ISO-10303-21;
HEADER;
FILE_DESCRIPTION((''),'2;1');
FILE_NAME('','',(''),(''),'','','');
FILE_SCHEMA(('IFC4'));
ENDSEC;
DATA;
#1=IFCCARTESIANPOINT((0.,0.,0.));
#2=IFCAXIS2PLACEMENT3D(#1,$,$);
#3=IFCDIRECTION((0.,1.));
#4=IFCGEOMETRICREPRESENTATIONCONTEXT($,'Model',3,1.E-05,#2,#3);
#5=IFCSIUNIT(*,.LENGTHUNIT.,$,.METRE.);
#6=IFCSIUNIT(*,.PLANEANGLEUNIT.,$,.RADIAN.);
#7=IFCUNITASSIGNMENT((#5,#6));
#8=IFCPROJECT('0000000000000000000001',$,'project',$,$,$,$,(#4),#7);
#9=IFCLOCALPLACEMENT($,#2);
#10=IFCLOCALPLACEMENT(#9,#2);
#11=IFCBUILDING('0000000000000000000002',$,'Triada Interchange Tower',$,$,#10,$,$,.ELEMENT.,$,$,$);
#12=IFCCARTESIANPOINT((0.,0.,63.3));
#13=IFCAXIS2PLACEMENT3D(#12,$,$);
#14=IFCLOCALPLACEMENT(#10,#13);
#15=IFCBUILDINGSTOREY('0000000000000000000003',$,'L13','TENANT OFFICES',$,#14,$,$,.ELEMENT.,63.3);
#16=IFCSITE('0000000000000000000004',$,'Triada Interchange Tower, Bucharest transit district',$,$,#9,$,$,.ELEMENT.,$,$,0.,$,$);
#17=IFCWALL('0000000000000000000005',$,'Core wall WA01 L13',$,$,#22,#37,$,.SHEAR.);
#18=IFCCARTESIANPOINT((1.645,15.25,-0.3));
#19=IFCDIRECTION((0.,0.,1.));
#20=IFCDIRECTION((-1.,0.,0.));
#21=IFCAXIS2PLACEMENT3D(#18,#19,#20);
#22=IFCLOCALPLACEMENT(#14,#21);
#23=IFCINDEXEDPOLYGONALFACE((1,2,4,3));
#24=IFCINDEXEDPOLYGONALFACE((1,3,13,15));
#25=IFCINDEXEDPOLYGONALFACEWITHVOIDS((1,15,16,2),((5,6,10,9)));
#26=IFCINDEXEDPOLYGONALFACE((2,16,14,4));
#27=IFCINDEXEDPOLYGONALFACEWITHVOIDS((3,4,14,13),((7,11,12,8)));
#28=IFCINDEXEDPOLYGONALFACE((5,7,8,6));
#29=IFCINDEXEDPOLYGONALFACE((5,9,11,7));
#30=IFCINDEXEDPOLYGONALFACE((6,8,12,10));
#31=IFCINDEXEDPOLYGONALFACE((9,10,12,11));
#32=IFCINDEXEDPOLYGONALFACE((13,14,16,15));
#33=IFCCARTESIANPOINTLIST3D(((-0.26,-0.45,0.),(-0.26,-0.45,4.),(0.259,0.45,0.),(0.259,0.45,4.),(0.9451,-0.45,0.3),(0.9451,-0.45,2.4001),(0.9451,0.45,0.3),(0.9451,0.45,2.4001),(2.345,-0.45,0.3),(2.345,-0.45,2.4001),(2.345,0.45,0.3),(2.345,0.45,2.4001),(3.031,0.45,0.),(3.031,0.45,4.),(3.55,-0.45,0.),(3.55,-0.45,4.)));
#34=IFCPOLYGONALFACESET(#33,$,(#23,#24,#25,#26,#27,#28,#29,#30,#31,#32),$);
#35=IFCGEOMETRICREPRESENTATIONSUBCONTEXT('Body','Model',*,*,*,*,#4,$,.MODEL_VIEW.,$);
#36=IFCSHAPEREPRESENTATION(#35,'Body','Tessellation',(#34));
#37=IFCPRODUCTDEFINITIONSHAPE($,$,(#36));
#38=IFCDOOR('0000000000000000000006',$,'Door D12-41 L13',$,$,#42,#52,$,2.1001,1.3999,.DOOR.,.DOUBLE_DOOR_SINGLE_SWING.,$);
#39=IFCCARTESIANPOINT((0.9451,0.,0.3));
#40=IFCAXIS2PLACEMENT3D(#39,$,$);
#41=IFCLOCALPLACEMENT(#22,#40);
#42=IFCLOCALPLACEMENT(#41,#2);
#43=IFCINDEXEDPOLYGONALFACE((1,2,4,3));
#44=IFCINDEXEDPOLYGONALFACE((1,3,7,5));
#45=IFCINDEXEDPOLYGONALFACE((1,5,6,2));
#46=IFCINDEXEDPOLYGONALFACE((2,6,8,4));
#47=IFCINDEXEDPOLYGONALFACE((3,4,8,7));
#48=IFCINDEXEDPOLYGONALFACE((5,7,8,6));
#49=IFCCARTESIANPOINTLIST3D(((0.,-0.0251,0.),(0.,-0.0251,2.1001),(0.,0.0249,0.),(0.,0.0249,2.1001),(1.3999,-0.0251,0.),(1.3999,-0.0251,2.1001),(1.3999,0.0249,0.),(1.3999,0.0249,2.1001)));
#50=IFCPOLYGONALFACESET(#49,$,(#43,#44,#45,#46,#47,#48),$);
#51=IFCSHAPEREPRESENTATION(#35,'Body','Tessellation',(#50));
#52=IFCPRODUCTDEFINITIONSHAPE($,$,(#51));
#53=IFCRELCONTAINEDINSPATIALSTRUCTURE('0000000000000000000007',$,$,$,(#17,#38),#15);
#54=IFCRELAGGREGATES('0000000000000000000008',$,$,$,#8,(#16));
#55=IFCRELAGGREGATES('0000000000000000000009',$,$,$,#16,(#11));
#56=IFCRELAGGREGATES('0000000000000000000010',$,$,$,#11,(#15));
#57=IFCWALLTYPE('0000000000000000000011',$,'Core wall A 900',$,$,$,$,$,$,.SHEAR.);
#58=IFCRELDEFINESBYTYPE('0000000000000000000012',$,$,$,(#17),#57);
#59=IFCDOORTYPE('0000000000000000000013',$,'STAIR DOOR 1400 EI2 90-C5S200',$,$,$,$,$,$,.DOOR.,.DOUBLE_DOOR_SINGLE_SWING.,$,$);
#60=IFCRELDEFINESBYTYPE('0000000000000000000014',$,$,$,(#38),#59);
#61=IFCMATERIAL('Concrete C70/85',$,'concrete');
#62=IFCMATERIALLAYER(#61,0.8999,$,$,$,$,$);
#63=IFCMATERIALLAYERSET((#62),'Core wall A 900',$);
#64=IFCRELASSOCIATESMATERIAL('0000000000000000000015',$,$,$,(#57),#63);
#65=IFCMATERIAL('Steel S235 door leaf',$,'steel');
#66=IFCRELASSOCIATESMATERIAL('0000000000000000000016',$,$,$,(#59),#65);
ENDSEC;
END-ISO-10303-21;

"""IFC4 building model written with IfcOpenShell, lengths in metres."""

from ifc_helpers import new_model, si_unit, direction, frame, frame_2d, origin, place, context, subcontext, project, spatial, polyline, rectangle, outline, extrude, material, layer, layer_set, type_object, element, fill, save


model = new_model("IFC4")

# Units and contexts
model_context = context("Model", 3, precision=1e-05, world=origin(), true_north=direction((0.0, 1.0)))
body_context = subcontext(model_context, "Body", "Model", "MODEL_VIEW")
ifc_project = project(units=[si_unit("LENGTHUNIT", "METRE"), si_unit("PLANEANGLEUNIT", "RADIAN")], contexts=[model_context])

# Site, building, storey
site_placement = place(None, origin())
site = spatial("IfcSite", under=ifc_project, at=site_placement, Name="Triada Interchange Tower, Bucharest transit district", CompositionType="ELEMENT", RefElevation=0.0)
building_placement = place(site_placement, origin())
building = spatial("IfcBuilding", under=site, at=building_placement, Name="Triada Interchange Tower", CompositionType="ELEMENT")
storey_placement = place(building_placement, frame((0.0, 0.0, 63.3)))
storey = spatial("IfcBuildingStorey", under=building, at=storey_placement, Name="L13", Description="TENANT OFFICES", CompositionType="ELEMENT", Elevation=63.3)

# Shared definitions
ifc_material_1 = material(Name="Concrete C70/85", Category="concrete")

# Wall, opening, door
ifc_layer_1 = layer(ifc_material_1, 0.8999)
ifc_layer_set_1 = layer_set([ifc_layer_1], Name="Core wall A 900")
wall_type_1 = type_object("IfcWallType", Name="Core wall A 900", PredefinedType="SHEAR", material=ifc_layer_set_1)
wall_1_placement = place(storey_placement, frame((1.645, 15.25, -0.3), z_axis=(0.0, 0.0, 1.0), x_axis=(-1.0, 0.0, 0.0)))
wall_1 = element("IfcWall", 1, at=wall_1_placement, inside=storey, type_object=wall_type_1, Name="Core wall WA01 L13", PredefinedType="SHEAR", context=body_context, shape_type="SweptSolid", body=[
    extrude(outline(polyline([(-0.26, -0.45), (1.645, -0.45), (3.55, -0.45), (3.031, 0.45), (1.645, 0.45), (0.259, 0.45), (-0.26, -0.45)])), origin(), (0.0, 0.0, 1.0), 4.0),
])
opening_1_placement = place(wall_1_placement, frame((0.9451, 0.0, 0.3)))
opening_1 = element("IfcOpeningElement", 2, at=opening_1_placement, cuts=wall_1, PredefinedType="OPENING", context=body_context, shape_type="SweptSolid", body=[
    extrude(rectangle(XDim=1.3999, YDim=2.1001, at=frame_2d((0.7, 1.05))), frame((0.0, 0.46, 0.0), z_axis=(0.0, -1.0, 0.0), x_axis=(1.0, 0.0, 0.0)), (0.0, 0.0, 1.0), 0.9199),
])
ifc_material_2 = material(Name="Steel S235 door leaf", Category="steel")
door_type_1 = type_object("IfcDoorType", Name="STAIR DOOR 1400 EI2 90-C5S200", OperationType="DOUBLE_DOOR_SINGLE_SWING", PredefinedType="DOOR", material=ifc_material_2)
door_1_placement = place(opening_1_placement, origin())
door_1 = element("IfcDoor", 3, at=door_1_placement, inside=storey, type_object=door_type_1, Name="Door D12-41 L13", OperationType="DOUBLE_DOOR_SINGLE_SWING", OverallHeight=2.1001, OverallWidth=1.3999, PredefinedType="DOOR", context=body_context, shape_type="SweptSolid", body=[
    extrude(rectangle(XDim=1.3999, YDim=2.1001, at=frame_2d((0.7, 1.05))), frame((0.0, 0.0249, 0.0), z_axis=(0.0, -1.0, 0.0), x_axis=(1.0, 0.0, 0.0)), (0.0, 0.0, 1.0), 0.05),
])
fill(opening_1, door_1)

save(model, "model.ifc")
